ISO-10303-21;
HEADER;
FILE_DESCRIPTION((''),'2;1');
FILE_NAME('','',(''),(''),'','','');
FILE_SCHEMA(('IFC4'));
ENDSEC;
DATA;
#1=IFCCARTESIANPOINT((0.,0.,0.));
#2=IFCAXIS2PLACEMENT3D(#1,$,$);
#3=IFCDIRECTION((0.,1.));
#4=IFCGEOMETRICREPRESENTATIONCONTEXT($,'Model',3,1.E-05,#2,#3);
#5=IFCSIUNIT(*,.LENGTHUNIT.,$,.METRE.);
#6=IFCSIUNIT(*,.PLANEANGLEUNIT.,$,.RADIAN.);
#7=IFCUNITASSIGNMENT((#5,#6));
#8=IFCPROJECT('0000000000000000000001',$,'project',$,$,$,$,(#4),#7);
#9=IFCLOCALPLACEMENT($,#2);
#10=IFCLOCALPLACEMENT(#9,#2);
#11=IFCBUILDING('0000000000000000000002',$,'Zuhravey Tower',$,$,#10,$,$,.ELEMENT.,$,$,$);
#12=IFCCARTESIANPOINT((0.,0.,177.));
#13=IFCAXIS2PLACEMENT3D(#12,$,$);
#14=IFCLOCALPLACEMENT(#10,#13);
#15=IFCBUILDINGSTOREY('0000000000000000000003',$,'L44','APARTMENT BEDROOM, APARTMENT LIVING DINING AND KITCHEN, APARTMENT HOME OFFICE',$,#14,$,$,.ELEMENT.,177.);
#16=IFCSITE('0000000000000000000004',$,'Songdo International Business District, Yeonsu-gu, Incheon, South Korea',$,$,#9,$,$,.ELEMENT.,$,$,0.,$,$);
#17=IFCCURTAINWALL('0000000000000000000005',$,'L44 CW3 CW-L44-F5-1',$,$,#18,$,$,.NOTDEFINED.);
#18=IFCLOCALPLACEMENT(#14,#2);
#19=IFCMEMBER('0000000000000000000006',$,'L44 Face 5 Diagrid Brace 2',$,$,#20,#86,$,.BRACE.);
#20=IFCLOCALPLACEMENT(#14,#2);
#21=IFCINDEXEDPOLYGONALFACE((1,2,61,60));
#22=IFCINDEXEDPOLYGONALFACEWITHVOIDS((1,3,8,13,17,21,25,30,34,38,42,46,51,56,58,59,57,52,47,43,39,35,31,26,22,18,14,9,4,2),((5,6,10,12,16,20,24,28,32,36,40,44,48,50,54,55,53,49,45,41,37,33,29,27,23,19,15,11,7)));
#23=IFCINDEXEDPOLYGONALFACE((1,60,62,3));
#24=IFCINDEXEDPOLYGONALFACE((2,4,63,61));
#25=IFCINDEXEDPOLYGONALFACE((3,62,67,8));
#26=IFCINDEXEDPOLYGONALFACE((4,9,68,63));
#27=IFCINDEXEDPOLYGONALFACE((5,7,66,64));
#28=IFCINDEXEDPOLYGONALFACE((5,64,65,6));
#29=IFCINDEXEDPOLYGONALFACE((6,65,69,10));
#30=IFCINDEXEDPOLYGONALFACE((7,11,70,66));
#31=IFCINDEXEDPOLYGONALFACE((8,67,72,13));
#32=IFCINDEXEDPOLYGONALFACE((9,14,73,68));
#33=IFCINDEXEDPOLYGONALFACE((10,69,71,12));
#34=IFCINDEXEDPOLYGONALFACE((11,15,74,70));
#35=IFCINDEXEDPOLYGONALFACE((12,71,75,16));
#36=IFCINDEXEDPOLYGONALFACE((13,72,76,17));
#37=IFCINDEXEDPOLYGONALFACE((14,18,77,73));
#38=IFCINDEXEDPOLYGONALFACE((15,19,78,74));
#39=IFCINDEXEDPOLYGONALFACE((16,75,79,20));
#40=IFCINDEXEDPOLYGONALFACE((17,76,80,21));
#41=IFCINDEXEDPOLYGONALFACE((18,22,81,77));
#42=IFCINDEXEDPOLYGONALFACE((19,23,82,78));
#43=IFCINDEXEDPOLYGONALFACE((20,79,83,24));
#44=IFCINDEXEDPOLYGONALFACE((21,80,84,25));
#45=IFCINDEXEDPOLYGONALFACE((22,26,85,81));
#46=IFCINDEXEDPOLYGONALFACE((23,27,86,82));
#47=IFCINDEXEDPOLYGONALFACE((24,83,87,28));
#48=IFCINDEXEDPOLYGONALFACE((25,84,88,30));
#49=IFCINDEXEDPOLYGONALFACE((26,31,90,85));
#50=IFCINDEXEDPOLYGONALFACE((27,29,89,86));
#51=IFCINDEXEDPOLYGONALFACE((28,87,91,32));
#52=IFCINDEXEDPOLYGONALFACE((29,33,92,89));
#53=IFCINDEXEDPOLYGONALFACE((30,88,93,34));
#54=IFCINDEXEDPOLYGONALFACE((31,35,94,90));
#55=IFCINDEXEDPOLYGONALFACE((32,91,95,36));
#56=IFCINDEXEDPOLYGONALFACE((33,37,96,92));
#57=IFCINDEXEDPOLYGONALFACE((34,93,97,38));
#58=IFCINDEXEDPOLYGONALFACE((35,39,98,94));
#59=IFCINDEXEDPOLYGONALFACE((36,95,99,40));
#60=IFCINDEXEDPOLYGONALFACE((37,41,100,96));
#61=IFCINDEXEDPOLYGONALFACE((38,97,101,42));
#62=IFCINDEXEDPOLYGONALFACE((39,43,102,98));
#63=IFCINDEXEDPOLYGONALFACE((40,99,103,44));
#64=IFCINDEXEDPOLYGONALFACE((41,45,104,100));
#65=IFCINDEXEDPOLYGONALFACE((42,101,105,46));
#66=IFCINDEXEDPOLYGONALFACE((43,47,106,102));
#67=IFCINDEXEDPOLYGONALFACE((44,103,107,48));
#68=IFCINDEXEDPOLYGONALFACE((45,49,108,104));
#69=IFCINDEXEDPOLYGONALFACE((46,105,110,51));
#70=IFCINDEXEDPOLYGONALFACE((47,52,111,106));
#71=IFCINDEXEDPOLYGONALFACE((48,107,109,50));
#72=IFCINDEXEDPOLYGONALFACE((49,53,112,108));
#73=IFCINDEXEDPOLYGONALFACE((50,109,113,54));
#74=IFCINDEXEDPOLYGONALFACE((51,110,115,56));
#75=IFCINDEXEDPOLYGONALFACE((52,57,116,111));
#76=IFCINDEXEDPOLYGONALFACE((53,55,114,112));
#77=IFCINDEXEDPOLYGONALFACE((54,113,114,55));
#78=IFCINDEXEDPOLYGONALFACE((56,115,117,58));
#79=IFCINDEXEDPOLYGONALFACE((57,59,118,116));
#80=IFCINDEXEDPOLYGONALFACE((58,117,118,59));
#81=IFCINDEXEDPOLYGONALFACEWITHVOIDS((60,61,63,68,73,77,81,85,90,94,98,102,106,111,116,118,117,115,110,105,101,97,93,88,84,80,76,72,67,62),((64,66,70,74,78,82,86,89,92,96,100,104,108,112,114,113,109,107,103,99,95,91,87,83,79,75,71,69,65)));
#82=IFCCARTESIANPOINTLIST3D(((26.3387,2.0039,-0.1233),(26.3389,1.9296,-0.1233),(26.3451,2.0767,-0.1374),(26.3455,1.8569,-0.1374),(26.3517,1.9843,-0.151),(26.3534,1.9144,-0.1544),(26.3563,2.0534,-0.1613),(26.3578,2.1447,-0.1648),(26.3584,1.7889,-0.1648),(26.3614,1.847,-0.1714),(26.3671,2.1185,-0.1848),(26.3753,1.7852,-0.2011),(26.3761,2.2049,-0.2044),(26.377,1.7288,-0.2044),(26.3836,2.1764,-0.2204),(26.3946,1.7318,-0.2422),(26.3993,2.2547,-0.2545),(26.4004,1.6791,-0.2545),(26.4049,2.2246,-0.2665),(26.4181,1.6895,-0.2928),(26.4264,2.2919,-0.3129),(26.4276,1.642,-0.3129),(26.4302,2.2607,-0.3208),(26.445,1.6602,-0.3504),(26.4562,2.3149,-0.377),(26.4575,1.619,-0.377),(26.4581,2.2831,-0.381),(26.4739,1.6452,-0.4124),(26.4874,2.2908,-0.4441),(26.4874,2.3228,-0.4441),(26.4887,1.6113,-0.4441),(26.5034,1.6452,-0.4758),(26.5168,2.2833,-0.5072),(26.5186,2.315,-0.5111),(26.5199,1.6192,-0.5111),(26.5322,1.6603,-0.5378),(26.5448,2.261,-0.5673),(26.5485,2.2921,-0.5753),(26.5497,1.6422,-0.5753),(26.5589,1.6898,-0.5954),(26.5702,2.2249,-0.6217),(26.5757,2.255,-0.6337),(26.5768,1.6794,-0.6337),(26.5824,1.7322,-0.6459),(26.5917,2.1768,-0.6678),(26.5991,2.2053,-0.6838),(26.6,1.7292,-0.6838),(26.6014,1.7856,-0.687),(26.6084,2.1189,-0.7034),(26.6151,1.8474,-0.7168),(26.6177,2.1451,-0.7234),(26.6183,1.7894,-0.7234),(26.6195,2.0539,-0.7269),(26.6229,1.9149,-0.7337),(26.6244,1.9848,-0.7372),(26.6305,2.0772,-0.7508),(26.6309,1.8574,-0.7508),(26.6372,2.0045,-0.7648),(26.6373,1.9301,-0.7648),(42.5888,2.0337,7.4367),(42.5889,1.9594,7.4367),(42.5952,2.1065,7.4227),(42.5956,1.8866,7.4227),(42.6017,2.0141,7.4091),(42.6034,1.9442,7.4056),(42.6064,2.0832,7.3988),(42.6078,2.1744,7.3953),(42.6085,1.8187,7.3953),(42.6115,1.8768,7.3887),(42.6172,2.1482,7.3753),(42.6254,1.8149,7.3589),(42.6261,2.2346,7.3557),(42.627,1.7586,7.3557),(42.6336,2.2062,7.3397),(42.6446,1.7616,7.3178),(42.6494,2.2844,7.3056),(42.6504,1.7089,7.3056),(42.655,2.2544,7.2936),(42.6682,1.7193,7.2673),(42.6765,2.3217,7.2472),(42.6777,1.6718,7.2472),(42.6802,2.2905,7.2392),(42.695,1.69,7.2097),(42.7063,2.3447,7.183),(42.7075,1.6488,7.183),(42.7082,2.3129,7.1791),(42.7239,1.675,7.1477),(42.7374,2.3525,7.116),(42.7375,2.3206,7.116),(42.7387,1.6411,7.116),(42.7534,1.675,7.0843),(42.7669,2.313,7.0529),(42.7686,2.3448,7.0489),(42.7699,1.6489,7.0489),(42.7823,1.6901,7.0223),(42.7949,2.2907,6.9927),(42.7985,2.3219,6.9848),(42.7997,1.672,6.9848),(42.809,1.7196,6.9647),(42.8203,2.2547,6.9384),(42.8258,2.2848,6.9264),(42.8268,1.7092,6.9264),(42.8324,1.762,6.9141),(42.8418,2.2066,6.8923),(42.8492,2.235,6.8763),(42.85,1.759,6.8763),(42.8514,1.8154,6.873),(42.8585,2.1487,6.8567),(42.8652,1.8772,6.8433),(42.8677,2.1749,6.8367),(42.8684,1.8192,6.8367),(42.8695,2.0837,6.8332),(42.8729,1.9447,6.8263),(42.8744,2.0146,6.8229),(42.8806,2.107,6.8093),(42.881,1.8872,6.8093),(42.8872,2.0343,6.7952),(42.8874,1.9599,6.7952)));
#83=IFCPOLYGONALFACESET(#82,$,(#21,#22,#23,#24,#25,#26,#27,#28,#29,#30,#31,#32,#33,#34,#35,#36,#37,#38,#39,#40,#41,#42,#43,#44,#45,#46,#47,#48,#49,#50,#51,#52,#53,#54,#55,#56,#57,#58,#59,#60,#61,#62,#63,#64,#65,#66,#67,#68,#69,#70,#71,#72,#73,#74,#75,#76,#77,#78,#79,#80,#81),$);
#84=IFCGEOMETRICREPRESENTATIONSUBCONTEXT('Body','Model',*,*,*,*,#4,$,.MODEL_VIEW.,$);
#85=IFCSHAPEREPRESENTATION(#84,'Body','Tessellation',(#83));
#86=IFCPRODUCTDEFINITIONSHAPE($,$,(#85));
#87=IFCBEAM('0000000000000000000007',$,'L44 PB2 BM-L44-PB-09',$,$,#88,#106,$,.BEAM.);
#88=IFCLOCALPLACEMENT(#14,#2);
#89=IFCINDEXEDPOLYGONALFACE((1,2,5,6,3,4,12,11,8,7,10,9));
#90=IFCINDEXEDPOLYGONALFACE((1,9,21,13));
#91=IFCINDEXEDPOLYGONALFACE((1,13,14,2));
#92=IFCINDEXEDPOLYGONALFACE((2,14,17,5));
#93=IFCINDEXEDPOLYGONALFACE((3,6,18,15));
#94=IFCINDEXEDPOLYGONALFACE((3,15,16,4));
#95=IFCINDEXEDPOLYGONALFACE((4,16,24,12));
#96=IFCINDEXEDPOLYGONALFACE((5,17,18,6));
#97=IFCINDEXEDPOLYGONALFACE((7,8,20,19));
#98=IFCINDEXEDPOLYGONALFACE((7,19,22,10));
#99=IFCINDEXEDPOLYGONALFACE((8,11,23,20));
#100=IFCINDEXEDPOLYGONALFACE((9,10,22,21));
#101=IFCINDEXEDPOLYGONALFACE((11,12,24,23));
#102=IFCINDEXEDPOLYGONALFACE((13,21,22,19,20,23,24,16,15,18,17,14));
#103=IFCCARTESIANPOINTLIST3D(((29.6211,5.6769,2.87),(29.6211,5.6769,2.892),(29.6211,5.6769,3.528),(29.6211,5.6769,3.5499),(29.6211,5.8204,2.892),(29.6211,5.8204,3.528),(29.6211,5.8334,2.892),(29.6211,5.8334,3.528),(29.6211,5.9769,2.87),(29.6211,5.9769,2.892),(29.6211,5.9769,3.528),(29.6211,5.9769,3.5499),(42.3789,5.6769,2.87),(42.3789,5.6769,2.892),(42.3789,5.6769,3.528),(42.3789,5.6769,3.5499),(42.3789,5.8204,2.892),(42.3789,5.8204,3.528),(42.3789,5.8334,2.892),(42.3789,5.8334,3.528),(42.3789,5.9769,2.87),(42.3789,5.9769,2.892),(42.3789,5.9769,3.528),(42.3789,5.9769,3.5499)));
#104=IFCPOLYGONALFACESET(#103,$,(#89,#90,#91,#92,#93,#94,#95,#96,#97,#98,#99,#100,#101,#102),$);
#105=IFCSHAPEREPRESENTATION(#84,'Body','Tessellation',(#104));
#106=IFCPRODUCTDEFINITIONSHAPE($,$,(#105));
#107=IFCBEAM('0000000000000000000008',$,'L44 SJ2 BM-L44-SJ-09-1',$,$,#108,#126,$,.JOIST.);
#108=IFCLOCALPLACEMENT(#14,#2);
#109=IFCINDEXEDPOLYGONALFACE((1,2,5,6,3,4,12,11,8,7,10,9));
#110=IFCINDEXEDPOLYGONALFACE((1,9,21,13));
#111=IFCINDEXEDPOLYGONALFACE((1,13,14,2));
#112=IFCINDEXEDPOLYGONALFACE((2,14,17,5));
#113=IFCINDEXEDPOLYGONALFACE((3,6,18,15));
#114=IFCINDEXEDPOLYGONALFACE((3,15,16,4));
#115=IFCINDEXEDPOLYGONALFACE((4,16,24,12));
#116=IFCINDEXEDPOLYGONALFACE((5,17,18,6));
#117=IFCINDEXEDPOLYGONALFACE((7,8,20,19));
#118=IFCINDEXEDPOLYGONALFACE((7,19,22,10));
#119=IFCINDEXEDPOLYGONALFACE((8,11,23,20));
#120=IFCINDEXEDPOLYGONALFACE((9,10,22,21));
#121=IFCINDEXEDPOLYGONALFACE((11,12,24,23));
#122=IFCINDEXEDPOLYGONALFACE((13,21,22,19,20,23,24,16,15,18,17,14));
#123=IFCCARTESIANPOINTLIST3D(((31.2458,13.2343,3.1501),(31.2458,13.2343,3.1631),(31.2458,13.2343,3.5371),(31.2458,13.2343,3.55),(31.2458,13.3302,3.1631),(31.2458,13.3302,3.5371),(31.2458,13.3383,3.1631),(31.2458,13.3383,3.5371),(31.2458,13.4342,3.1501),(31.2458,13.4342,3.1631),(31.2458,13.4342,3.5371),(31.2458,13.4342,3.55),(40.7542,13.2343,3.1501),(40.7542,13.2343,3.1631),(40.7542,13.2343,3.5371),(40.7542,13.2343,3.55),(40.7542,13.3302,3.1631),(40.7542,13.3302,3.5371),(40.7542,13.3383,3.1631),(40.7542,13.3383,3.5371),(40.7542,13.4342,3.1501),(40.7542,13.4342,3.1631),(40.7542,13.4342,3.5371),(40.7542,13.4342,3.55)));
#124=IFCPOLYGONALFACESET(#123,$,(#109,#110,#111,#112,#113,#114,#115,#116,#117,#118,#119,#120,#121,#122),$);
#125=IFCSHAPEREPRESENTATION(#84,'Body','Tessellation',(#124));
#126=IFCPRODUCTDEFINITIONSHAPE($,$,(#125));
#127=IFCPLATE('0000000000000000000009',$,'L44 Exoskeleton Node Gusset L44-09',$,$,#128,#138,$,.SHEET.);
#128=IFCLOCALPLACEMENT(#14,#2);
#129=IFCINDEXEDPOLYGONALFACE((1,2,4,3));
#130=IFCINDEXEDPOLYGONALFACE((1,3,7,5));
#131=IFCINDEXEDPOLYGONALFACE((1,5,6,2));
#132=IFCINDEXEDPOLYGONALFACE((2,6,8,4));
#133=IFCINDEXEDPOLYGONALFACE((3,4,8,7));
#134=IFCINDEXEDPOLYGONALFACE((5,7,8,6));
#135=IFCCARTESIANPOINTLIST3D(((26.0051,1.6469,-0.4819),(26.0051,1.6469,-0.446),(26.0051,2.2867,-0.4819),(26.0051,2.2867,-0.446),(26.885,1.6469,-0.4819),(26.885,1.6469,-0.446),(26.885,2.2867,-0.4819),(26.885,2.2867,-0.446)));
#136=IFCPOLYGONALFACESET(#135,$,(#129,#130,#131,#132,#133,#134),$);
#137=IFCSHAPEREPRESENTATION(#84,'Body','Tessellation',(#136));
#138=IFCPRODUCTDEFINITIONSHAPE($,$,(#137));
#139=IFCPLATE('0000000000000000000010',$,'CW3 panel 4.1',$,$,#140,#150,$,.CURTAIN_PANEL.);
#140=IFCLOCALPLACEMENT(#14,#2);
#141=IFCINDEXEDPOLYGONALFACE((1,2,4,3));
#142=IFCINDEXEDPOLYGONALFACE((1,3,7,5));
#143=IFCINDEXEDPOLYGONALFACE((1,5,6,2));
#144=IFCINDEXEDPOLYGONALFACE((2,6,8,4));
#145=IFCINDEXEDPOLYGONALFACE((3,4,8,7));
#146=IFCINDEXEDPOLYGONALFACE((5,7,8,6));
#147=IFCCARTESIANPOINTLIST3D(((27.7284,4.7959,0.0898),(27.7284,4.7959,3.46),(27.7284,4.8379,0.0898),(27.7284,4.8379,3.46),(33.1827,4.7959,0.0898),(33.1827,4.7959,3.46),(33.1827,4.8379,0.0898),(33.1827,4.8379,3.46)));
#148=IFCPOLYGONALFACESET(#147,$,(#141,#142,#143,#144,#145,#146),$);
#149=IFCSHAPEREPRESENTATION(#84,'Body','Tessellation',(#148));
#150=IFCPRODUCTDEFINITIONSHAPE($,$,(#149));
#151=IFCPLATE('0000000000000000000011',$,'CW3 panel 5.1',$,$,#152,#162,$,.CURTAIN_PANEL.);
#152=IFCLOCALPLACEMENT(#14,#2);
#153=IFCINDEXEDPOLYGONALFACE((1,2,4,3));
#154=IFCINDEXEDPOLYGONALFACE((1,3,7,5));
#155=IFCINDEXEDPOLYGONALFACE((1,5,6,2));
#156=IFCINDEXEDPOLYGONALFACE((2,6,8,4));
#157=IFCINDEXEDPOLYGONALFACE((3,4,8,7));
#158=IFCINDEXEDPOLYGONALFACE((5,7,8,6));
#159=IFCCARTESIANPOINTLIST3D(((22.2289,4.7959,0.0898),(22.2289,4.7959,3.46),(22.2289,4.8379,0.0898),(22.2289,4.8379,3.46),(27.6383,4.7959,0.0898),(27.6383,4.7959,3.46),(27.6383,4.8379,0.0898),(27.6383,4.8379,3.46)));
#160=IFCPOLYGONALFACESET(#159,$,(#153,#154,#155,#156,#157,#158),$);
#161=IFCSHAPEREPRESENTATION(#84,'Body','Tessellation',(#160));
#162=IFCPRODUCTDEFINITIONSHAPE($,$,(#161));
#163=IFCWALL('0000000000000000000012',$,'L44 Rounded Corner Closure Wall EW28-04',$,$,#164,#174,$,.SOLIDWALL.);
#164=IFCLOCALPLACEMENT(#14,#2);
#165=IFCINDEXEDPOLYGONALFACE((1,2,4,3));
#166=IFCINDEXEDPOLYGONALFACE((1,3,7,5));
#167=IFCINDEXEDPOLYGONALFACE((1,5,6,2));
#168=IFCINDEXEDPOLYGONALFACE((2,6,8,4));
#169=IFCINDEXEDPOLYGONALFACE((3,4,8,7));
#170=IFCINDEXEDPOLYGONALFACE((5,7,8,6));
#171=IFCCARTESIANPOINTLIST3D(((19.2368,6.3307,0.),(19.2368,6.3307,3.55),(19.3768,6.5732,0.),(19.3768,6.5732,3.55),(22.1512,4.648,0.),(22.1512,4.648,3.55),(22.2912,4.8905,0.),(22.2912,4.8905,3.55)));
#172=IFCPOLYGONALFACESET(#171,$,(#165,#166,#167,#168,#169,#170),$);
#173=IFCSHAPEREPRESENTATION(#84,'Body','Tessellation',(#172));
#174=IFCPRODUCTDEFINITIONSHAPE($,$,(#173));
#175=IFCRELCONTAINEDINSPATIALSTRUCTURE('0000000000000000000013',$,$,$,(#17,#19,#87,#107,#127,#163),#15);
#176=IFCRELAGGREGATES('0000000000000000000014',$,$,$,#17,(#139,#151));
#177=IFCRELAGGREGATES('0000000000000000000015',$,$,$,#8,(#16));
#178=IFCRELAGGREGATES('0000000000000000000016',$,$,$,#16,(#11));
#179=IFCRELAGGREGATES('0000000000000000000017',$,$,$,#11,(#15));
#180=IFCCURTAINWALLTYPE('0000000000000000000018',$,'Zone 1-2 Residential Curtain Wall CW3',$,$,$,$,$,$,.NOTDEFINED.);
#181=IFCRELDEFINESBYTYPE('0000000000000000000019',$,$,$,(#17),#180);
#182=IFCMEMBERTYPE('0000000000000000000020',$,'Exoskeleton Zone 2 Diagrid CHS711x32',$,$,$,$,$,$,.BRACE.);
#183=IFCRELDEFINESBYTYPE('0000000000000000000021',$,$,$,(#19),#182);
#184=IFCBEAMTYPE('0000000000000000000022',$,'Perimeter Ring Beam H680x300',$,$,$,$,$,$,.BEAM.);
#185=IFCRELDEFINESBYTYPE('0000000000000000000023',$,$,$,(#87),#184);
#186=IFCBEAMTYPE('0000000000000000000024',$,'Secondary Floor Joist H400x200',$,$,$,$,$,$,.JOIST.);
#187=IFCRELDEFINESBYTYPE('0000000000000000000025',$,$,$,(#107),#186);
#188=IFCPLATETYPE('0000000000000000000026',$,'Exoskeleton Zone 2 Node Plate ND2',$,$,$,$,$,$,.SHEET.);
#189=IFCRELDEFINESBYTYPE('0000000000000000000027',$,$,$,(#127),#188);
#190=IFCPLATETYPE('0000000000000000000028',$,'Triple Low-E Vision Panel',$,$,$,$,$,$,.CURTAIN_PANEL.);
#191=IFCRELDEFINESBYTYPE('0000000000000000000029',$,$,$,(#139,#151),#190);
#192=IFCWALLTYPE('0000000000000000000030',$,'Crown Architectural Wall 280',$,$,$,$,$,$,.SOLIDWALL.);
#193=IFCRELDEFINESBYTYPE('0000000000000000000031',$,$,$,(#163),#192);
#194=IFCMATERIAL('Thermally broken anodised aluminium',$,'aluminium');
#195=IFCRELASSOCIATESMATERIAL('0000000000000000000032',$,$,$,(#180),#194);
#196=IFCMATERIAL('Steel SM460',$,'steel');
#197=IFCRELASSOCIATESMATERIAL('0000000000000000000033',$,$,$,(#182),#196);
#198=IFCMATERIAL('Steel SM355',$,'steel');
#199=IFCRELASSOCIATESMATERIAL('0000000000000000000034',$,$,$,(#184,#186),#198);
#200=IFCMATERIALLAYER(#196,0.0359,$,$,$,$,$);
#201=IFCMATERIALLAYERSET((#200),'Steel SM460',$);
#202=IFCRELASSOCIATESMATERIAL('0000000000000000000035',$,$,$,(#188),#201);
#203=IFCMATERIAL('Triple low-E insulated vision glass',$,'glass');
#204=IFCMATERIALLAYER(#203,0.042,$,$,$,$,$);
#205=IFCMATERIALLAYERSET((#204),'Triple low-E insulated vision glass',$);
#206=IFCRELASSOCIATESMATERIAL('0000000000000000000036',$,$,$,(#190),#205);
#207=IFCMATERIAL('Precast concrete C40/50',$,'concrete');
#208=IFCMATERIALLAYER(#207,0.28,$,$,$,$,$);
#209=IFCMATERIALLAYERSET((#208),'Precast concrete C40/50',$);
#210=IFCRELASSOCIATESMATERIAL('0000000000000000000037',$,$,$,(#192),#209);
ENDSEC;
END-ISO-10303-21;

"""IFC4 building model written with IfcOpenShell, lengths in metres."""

from ifc_helpers import new_model, si_unit, direction, frame, frame_2d, origin, origin_2d, place, context, subcontext, project, spatial, rectangle, hollow_circle, i_section, extrude, material, layer, layer_set, material_profile, profile_set, type_object, element, aggregate, save


model = new_model("IFC4")

# Units and contexts
model_context = context("Model", 3, precision=1e-05, world=origin(), true_north=direction((0.0, 1.0)))
body_context = subcontext(model_context, "Body", "Model", "MODEL_VIEW")
ifc_project = project(units=[si_unit("LENGTHUNIT", "METRE"), si_unit("PLANEANGLEUNIT", "RADIAN")], contexts=[model_context])

# Site, building, storey
site_placement = place(None, origin())
site = spatial("IfcSite", under=ifc_project, at=site_placement, Name="Songdo International Business District, Yeonsu-gu, Incheon, South Korea", CompositionType="ELEMENT", RefElevation=0.0)
building_placement = place(site_placement, origin())
building = spatial("IfcBuilding", under=site, at=building_placement, Name="Zuhravey Tower", CompositionType="ELEMENT")
storey_placement = place(building_placement, frame((0.0, 0.0, 177.0)))
storey = spatial("IfcBuildingStorey", under=building, at=storey_placement, Name="L44", Description="APARTMENT BEDROOM, APARTMENT LIVING DINING AND KITCHEN, APARTMENT HOME OFFICE", CompositionType="ELEMENT", Elevation=177.0)

# Curtain wall
ifc_material_1 = material(Name="Thermally broken anodised aluminium", Category="aluminium")
curtain_wall_type = type_object("IfcCurtainWallType", Name="Zone 1-2 Residential Curtain Wall CW3", PredefinedType="NOTDEFINED", material=ifc_material_1)
curtain_wall_placement = place(storey_placement, origin())
curtain_wall = element("IfcCurtainWall", 1, at=curtain_wall_placement, inside=storey, type_object=curtain_wall_type, Name="L44 CW3 CW-L44-F5-1", PredefinedType="NOTDEFINED")

# Member
ifc_material_2 = material(Name="Steel SM355", Category="steel")
ifc_material_3 = material(Name="Steel SM460", Category="steel")
ifc_material_profile_1 = material_profile(ifc_material_3, hollow_circle(Radius=0.3557, WallThickness=0.032, at=origin_2d()), Name="CHS-711.2x32")
ifc_profile_set_1 = profile_set([ifc_material_profile_1], Name="Steel SM460")
member_type_1 = type_object("IfcMemberType", Name="Exoskeleton Zone 2 Diagrid CHS711x32", PredefinedType="BRACE", material=ifc_profile_set_1)
member_1_placement = place(storey_placement, frame((26.488, 1.967, -0.4441), z_axis=(0.906679, 0.001662, 0.421818), x_axis=(-0.001833, 0.999998, 0.0)))
element("IfcMember", 2, at=member_1_placement, inside=storey, type_object=member_type_1, Name="L44 Face 5 Diagrid Brace 2", PredefinedType="BRACE", context=body_context, shape_type="SweptSolid", body=[
    extrude(hollow_circle(Radius=0.3557, WallThickness=0.032, at=origin_2d()), origin(), (0.0, 0.0, 1.0), 17.9226),
])

# Beams
ifc_material_profile_2 = material_profile(ifc_material_2, i_section(OverallWidth=0.3, OverallDepth=0.6799, WebThickness=0.0129, FlangeThickness=0.022, at=origin_2d()), Name="H-680x300x13x22")
ifc_profile_set_2 = profile_set([ifc_material_profile_2], Name="Steel SM355")
beam_type_1 = type_object("IfcBeamType", Name="Perimeter Ring Beam H680x300", PredefinedType="BEAM", material=ifc_profile_set_2)
beam_1_placement = place(storey_placement, frame((29.6211, 5.8269, 3.21), z_axis=(1.0, 0.0, 0.0), x_axis=(0.0, 1.0, 0.0)))
element("IfcBeam", 3, at=beam_1_placement, inside=storey, type_object=beam_type_1, Name="L44 PB2 BM-L44-PB-09", PredefinedType="BEAM", context=body_context, shape_type="SweptSolid", body=[
    extrude(i_section(OverallWidth=0.3, OverallDepth=0.6799, WebThickness=0.0129, FlangeThickness=0.022, at=origin_2d()), origin(), (0.0, 0.0, 1.0), 12.7578),
])
ifc_material_profile_3 = material_profile(ifc_material_2, i_section(OverallWidth=0.2, OverallDepth=0.3999, WebThickness=0.0081, FlangeThickness=0.0129, at=origin_2d()), Name="H-400x200x8x13")
ifc_profile_set_3 = profile_set([ifc_material_profile_3], Name="Steel SM355")
beam_type_2 = type_object("IfcBeamType", Name="Secondary Floor Joist H400x200", PredefinedType="JOIST", material=ifc_profile_set_3)
beam_2_placement = place(storey_placement, frame((31.2458, 13.3342, 3.3501), z_axis=(1.0, 0.0, 0.0), x_axis=(0.0, 1.0, 0.0)))
element("IfcBeam", 4, at=beam_2_placement, inside=storey, type_object=beam_type_2, Name="L44 SJ2 BM-L44-SJ-09-1", PredefinedType="JOIST", context=body_context, shape_type="SweptSolid", body=[
    extrude(i_section(OverallWidth=0.2, OverallDepth=0.3999, WebThickness=0.0081, FlangeThickness=0.0129, at=origin_2d()), origin(), (0.0, 0.0, 1.0), 9.5083),
])

# Plates
ifc_layer_1 = layer(ifc_material_3, 0.0359)
ifc_layer_set_1 = layer_set([ifc_layer_1], Name="Steel SM460")
plate_type_1 = type_object("IfcPlateType", Name="Exoskeleton Zone 2 Node Plate ND2", PredefinedType="SHEET", material=ifc_layer_set_1)
plate_1_placement = place(storey_placement, frame((26.4451, 1.9668, -0.4819), z_axis=(0.0, 0.0, 1.0), x_axis=(1.0, 0.0, 0.0)))
element("IfcPlate", 5, at=plate_1_placement, inside=storey, type_object=plate_type_1, Name="L44 Exoskeleton Node Gusset L44-09", PredefinedType="SHEET", context=body_context, shape_type="SweptSolid", body=[
    extrude(rectangle(XDim=0.8799, YDim=0.6399, at=origin_2d()), origin(), (0.0, 0.0, 1.0), 0.0359),
])
ifc_material_4 = material(Name="Triple low-E insulated vision glass", Category="glass")
ifc_layer_2 = layer(ifc_material_4, 0.042)
ifc_layer_set_2 = layer_set([ifc_layer_2], Name="Triple low-E insulated vision glass")
plate_type_2 = type_object("IfcPlateType", Name="Triple Low-E Vision Panel", PredefinedType="CURTAIN_PANEL", material=ifc_layer_set_2)
plate_2_placement = place(storey_placement, frame((30.4556, 4.8169, 0.0898), z_axis=(0.0, 0.0, 1.0), x_axis=(-1.0, 0.0, 0.0)))
plate_2 = element("IfcPlate", 6, at=plate_2_placement, type_object=plate_type_2, Name="CW3 panel 4.1", PredefinedType="CURTAIN_PANEL", context=body_context, shape_type="SweptSolid", body=[
    extrude(rectangle(XDim=5.4543, YDim=0.042, at=origin_2d()), origin(), (0.0, 0.0, 1.0), 3.3701),
])
plate_3_placement = place(storey_placement, frame((24.9336, 4.8169, 0.0898), z_axis=(0.0, 0.0, 1.0), x_axis=(-1.0, 0.0, 0.0)))
plate_3 = element("IfcPlate", 7, at=plate_3_placement, type_object=plate_type_2, Name="CW3 panel 5.1", PredefinedType="CURTAIN_PANEL", context=body_context, shape_type="SweptSolid", body=[
    extrude(rectangle(XDim=5.4094, YDim=0.042, at=origin_2d()), origin(), (0.0, 0.0, 1.0), 3.3701),
])
aggregate(curtain_wall, [plate_2, plate_3])

# Wall
ifc_material_5 = material(Name="Precast concrete C40/50", Category="concrete")
ifc_layer_3 = layer(ifc_material_5, 0.28)
ifc_layer_set_3 = layer_set([ifc_layer_3], Name="Precast concrete C40/50")
wall_type_1 = type_object("IfcWallType", Name="Crown Architectural Wall 280", PredefinedType="SOLIDWALL", material=ifc_layer_set_3)
wall_1_placement = place(storey_placement, frame((22.2212, 4.7693, 0.0), z_axis=(0.0, 0.0, 1.0), x_axis=(-0.86602, 0.500009, 0.0)))
element("IfcWall", 8, at=wall_1_placement, inside=storey, type_object=wall_type_1, Name="L44 Rounded Corner Closure Wall EW28-04", PredefinedType="SOLIDWALL", context=body_context, shape_type="SweptSolid", body=[
    extrude(rectangle(XDim=3.3652, YDim=0.28, at=frame_2d((1.6826, 0.0))), origin(), (0.0, 0.0, 1.0), 3.55),
])

save(model, "model.ifc")
